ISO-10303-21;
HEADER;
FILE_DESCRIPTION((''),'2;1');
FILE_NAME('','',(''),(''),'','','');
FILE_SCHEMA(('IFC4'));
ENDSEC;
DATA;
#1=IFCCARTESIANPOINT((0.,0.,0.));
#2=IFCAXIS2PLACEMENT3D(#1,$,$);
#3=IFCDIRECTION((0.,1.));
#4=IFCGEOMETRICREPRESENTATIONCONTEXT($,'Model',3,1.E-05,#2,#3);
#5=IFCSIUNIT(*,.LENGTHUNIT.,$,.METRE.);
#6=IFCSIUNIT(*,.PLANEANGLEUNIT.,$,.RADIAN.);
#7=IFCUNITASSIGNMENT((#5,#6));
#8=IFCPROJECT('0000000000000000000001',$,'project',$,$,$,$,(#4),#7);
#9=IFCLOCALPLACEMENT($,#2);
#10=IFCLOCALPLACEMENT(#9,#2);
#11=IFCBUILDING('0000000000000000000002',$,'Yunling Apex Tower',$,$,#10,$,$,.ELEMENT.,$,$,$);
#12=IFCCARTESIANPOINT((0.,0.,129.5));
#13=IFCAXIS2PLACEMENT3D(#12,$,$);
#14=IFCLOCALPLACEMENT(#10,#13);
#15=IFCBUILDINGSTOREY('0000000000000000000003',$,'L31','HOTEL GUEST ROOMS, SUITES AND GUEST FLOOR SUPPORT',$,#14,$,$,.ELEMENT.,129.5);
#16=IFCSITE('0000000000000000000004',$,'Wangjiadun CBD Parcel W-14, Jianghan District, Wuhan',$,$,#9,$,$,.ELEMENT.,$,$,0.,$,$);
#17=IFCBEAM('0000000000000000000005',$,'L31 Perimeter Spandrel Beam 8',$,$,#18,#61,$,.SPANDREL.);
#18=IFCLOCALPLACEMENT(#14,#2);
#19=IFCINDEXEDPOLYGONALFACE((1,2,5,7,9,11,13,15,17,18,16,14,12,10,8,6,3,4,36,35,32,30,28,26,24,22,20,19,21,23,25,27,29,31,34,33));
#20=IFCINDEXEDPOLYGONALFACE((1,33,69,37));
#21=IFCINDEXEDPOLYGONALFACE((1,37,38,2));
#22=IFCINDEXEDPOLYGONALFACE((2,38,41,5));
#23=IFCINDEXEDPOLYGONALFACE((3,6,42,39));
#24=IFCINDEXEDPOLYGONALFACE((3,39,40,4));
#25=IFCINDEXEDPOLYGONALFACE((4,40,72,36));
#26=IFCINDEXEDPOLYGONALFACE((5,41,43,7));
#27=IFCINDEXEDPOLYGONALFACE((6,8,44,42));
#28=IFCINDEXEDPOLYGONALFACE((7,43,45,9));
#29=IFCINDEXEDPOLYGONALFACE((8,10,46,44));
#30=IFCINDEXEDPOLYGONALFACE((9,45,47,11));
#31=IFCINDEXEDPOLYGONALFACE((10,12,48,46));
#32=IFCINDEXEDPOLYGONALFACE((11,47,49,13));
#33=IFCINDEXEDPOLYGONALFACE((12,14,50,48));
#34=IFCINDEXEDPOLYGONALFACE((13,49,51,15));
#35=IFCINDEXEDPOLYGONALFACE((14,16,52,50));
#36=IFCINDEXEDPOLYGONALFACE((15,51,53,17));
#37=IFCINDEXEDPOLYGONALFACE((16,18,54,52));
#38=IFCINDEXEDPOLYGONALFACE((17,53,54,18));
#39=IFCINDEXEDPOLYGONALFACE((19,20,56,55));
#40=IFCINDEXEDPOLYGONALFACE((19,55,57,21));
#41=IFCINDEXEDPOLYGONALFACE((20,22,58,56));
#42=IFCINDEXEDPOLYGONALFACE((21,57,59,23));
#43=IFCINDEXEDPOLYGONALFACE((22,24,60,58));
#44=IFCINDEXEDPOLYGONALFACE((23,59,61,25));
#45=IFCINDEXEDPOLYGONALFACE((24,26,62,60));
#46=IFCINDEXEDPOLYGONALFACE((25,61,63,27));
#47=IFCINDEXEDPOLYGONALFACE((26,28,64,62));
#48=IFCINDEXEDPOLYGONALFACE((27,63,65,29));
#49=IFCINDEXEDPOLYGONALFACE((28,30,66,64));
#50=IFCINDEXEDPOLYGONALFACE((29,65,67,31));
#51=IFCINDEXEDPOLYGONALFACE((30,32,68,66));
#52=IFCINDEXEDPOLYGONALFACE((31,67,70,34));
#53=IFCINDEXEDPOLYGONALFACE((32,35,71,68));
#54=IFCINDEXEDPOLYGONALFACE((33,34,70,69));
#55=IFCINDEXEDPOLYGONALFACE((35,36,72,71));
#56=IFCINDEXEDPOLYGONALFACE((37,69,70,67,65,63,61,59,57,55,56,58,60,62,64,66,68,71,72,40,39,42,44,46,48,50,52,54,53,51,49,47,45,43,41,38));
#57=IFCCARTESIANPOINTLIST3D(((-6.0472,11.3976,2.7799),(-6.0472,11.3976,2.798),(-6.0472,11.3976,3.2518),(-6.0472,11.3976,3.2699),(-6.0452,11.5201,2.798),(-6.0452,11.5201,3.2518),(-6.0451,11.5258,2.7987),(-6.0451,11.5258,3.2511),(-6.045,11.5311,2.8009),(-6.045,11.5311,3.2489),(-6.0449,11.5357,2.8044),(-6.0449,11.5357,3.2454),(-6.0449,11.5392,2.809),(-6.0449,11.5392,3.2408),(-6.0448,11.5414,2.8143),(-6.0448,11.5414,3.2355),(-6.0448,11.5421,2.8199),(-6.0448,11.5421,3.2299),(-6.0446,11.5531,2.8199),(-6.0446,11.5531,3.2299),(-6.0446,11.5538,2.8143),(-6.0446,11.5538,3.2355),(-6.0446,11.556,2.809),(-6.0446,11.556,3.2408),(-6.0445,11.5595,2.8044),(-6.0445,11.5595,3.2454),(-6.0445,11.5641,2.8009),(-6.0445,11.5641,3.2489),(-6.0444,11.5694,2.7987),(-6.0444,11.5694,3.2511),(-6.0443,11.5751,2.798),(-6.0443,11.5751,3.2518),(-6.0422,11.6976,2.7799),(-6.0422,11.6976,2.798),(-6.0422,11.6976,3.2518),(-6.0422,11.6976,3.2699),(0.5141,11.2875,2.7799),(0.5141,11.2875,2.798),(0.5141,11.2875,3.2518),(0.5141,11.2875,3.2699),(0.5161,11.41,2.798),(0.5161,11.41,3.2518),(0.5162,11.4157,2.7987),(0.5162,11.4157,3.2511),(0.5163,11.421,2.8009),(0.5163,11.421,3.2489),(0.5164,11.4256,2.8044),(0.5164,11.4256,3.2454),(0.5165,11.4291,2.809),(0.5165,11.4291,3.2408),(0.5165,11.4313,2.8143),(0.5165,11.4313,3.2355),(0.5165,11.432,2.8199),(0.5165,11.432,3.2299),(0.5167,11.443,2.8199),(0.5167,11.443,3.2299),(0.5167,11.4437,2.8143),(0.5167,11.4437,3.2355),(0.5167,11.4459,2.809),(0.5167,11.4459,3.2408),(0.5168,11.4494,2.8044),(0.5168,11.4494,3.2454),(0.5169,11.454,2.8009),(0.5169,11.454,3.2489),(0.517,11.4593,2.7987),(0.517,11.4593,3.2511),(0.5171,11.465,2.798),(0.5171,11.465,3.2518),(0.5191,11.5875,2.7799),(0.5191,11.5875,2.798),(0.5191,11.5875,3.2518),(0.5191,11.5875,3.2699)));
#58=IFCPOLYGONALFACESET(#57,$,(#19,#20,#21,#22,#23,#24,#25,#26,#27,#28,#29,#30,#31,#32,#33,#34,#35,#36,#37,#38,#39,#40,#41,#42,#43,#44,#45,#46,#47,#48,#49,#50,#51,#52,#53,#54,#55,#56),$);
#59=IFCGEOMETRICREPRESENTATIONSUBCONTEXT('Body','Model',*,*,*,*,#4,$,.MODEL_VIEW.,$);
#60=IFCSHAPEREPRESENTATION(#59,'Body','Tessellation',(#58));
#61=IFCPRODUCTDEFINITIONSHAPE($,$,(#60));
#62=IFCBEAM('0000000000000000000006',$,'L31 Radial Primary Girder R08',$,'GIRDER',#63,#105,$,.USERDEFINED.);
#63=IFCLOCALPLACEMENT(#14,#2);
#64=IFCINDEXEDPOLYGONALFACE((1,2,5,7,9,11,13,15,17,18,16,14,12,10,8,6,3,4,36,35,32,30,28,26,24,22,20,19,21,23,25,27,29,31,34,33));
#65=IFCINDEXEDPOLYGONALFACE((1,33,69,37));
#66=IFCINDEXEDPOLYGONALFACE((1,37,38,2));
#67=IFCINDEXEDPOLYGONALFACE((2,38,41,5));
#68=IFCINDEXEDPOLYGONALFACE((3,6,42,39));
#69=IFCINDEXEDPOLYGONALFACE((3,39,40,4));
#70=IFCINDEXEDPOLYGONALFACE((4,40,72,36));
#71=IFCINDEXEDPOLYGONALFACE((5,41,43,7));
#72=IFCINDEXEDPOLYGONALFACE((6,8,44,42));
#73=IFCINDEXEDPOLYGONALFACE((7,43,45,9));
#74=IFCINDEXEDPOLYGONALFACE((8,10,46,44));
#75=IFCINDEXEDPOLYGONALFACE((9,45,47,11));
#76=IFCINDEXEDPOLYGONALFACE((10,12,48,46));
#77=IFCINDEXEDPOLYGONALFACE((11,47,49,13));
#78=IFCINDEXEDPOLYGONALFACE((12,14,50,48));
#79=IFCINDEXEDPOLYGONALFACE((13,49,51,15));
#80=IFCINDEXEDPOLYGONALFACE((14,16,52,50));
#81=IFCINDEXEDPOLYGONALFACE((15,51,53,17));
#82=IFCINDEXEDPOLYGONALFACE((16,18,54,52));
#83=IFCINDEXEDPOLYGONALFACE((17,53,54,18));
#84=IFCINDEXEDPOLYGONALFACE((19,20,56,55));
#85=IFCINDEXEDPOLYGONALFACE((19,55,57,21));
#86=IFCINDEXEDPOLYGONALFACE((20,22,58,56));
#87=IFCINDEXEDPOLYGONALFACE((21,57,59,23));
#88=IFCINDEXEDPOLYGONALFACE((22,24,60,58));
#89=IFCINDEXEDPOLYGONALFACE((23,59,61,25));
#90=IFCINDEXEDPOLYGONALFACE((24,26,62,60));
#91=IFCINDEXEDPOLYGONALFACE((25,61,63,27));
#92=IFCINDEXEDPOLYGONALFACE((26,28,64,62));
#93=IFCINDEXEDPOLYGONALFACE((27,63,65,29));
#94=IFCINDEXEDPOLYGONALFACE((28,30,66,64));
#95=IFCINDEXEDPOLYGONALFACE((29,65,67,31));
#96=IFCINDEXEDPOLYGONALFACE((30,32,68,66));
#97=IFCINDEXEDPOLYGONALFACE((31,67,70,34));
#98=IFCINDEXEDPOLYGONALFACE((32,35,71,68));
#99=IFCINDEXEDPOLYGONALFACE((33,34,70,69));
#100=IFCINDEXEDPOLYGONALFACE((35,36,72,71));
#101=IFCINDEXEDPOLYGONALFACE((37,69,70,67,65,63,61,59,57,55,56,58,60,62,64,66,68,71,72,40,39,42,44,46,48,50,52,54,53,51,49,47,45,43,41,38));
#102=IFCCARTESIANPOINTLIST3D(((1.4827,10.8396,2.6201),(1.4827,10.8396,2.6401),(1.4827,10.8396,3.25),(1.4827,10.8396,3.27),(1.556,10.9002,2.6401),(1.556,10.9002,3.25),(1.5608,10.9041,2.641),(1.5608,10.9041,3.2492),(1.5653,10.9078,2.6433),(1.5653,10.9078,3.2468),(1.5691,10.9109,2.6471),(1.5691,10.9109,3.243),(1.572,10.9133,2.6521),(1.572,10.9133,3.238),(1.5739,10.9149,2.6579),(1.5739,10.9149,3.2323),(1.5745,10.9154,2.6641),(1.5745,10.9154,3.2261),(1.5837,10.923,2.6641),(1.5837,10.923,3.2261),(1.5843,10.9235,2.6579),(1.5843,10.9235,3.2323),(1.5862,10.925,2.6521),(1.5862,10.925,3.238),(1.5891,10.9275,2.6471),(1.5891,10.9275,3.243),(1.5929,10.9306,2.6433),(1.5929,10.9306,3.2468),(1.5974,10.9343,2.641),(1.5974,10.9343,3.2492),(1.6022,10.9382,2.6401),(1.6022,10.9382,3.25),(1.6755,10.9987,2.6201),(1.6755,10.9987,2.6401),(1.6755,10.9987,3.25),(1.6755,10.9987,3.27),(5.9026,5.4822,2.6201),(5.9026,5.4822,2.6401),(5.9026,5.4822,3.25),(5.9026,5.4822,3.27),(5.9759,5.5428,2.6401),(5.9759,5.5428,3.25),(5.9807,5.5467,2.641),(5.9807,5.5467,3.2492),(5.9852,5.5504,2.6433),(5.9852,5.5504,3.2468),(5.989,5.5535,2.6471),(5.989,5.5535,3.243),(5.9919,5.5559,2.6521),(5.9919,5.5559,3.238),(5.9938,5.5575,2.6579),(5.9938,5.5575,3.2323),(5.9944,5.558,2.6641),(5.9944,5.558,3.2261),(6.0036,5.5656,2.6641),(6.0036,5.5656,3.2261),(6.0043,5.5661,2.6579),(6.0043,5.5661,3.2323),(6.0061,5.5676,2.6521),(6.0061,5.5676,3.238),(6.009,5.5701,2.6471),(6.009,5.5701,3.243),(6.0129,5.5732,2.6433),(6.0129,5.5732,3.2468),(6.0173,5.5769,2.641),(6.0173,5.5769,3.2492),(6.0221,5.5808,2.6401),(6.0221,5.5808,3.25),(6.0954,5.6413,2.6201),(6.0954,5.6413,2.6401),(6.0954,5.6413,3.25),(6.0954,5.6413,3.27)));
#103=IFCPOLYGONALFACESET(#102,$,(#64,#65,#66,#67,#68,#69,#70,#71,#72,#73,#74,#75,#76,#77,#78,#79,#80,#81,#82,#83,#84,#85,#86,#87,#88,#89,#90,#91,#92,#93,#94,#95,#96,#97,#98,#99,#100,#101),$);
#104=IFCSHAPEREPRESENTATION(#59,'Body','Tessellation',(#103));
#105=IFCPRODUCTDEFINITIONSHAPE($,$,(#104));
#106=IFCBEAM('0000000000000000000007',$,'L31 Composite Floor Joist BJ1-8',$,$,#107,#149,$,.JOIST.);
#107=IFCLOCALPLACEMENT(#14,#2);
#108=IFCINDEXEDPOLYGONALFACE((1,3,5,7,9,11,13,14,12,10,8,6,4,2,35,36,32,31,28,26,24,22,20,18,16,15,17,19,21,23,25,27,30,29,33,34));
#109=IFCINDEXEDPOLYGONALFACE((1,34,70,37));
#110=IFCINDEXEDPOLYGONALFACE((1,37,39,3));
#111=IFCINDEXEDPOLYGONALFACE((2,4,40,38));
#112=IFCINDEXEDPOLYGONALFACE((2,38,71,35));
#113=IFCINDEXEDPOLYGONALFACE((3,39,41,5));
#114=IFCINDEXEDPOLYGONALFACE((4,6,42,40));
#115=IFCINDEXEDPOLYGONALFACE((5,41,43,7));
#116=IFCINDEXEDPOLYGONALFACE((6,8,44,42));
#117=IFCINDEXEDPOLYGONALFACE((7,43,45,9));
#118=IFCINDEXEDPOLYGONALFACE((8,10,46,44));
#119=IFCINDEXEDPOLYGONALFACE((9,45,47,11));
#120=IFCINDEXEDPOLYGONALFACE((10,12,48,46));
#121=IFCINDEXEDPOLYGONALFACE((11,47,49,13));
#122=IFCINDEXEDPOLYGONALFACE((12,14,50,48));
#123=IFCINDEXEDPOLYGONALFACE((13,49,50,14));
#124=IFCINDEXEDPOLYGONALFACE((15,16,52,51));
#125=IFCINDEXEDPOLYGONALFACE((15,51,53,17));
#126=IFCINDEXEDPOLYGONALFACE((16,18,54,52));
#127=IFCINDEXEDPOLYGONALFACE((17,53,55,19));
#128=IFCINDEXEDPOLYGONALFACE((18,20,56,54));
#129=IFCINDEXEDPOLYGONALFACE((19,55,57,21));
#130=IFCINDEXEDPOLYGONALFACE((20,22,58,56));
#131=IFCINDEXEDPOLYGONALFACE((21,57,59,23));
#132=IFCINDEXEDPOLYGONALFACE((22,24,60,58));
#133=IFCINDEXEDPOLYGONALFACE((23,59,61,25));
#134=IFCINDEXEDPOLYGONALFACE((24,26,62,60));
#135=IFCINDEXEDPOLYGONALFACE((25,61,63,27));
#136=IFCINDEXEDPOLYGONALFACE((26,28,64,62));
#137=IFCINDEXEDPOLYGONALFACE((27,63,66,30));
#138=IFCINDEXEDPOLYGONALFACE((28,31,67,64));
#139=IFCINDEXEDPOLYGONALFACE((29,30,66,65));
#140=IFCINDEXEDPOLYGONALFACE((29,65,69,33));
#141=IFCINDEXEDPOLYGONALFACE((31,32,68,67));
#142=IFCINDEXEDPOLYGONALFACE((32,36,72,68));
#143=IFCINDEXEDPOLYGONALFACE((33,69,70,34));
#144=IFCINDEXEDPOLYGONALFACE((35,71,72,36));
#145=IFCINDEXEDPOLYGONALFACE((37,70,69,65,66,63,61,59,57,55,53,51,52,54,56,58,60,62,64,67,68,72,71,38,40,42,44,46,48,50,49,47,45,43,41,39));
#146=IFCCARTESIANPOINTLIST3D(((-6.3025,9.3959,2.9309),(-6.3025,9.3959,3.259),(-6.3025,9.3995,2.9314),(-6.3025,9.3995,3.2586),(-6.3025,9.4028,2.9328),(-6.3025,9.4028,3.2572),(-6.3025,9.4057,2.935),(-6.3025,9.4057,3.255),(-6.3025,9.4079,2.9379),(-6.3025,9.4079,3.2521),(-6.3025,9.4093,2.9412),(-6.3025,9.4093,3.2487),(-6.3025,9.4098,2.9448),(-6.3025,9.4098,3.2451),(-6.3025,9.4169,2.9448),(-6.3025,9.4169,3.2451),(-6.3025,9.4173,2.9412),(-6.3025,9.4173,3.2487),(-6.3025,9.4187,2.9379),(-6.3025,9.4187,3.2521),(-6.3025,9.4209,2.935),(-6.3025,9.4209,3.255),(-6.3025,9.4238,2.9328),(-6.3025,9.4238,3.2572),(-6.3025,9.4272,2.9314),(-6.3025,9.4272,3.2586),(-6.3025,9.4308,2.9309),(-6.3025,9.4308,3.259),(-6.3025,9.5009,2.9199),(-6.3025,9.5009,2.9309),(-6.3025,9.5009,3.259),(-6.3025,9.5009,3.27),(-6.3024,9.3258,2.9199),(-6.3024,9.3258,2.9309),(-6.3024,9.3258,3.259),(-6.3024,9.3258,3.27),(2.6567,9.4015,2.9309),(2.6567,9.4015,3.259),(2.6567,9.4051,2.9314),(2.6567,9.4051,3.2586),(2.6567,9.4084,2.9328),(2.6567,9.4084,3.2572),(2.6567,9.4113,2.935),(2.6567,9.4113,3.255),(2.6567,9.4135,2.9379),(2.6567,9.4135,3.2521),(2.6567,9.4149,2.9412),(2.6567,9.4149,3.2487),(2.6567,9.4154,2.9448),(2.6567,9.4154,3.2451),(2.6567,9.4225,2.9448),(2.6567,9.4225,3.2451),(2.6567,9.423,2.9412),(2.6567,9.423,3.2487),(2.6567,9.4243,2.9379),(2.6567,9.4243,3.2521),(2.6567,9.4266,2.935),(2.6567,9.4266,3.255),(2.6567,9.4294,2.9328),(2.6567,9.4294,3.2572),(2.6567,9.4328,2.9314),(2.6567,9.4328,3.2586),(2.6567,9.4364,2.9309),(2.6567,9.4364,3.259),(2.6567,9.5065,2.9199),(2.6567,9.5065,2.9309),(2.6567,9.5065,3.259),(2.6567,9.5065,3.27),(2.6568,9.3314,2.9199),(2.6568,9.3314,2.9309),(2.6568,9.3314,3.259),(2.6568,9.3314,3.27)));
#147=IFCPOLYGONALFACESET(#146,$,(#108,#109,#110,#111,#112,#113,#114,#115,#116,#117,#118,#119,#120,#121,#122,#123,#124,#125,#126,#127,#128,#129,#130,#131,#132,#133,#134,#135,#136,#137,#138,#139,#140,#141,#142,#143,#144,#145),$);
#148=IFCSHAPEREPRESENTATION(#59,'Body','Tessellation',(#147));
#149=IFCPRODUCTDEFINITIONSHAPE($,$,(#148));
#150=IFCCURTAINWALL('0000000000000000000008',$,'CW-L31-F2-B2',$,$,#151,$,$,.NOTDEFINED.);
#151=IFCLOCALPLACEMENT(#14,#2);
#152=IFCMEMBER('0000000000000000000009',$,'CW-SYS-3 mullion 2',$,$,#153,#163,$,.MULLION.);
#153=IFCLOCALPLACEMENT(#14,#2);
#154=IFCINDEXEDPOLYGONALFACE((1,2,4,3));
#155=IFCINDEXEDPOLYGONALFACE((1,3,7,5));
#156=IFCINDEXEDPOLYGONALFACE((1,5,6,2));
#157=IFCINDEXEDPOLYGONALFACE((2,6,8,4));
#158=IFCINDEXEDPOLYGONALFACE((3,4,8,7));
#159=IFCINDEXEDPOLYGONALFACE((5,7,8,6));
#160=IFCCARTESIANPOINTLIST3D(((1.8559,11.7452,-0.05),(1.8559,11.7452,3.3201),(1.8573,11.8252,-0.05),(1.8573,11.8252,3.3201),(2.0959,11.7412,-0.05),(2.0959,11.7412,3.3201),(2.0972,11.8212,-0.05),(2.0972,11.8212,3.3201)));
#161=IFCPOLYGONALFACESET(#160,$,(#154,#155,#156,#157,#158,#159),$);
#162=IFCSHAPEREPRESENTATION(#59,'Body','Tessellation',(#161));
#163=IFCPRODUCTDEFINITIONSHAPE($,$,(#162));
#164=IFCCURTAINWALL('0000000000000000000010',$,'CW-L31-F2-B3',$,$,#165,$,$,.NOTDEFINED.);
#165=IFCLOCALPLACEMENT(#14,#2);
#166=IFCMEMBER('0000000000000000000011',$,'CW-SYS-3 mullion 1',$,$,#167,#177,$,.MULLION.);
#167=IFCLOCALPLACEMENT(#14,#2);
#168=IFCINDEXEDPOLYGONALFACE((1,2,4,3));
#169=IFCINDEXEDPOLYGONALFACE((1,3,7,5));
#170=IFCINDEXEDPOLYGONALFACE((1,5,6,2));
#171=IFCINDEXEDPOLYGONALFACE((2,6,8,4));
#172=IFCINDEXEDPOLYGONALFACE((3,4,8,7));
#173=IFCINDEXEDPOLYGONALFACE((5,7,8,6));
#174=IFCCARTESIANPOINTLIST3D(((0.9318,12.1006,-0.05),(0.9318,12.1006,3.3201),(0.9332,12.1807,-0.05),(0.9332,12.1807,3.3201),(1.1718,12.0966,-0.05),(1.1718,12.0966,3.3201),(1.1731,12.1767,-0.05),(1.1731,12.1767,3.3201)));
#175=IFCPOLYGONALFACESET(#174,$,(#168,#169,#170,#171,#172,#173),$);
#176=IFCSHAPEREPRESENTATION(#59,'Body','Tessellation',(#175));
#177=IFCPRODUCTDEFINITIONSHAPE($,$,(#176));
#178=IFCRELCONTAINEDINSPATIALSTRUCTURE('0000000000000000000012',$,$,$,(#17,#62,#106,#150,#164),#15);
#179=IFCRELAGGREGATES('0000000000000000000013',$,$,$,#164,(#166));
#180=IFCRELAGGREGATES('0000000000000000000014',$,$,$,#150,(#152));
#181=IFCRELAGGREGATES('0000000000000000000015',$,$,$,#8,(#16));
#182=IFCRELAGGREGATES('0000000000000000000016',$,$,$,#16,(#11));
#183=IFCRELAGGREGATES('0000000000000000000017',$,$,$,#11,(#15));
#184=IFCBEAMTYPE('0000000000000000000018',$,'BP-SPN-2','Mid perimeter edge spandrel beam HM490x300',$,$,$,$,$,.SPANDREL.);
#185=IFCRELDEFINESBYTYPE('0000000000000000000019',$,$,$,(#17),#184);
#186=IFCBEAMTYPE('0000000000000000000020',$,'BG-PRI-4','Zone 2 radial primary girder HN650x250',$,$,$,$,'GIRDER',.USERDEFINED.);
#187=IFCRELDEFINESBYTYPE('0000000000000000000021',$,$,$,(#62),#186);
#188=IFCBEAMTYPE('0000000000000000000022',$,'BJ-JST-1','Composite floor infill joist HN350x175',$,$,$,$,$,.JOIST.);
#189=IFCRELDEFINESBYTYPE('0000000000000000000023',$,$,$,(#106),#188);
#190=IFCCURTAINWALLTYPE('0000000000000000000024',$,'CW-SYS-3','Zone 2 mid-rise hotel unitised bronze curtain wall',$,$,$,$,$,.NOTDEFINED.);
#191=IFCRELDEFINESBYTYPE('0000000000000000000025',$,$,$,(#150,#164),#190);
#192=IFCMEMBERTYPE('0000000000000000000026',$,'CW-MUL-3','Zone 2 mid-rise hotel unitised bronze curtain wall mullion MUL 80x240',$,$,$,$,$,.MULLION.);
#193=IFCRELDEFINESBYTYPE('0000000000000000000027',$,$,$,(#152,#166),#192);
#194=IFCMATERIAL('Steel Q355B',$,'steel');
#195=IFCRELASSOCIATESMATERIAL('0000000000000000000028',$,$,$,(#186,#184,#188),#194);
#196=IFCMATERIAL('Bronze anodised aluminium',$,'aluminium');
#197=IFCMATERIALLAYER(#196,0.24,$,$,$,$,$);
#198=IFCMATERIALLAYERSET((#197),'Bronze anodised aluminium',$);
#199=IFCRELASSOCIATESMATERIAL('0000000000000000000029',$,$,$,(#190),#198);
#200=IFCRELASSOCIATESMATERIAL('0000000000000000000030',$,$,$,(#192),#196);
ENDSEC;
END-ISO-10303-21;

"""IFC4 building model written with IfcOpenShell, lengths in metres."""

from ifc_helpers import new_model, si_unit, direction, frame, origin, origin_2d, place, context, subcontext, project, spatial, rectangle, i_section, extrude, source, transform, mapped, material, layer, layer_set, material_profile, profile_set, type_object, element, aggregate, save


model = new_model("IFC4")

# Units and contexts
model_context = context("Model", 3, precision=1e-05, world=origin(), true_north=direction((0.0, 1.0)))
body_context = subcontext(model_context, "Body", "Model", "MODEL_VIEW")
ifc_project = project(units=[si_unit("LENGTHUNIT", "METRE"), si_unit("PLANEANGLEUNIT", "RADIAN")], contexts=[model_context])

# Site, building, storey
site_placement = place(None, origin())
site = spatial("IfcSite", under=ifc_project, at=site_placement, Name="Wangjiadun CBD Parcel W-14, Jianghan District, Wuhan", CompositionType="ELEMENT", RefElevation=0.0)
building_placement = place(site_placement, origin())
building = spatial("IfcBuilding", under=site, at=building_placement, Name="Yunling Apex Tower", CompositionType="ELEMENT")
storey_placement = place(building_placement, frame((0.0, 0.0, 129.5)))
storey = spatial("IfcBuildingStorey", under=building, at=storey_placement, Name="L31", Description="HOTEL GUEST ROOMS, SUITES AND GUEST FLOOR SUPPORT", CompositionType="ELEMENT", Elevation=129.5)

# Beams
ifc_material_1 = material(Name="Steel Q355B", Category="steel")
ifc_material_profile_1 = material_profile(ifc_material_1, i_section(OverallWidth=0.25, OverallDepth=0.6499, WebThickness=0.012, FlangeThickness=0.02, FilletRadius=0.0239, at=origin_2d()))
ifc_profile_set_1 = profile_set([ifc_material_profile_1], Name="Steel Q355B")
beam_type_1 = type_object("IfcBeamType", Name="BG-PRI-4", Description="Zone 2 radial primary girder HN650x250", ElementType="GIRDER", PredefinedType="USERDEFINED", material=ifc_profile_set_1)
ifc_material_profile_2 = material_profile(ifc_material_1, i_section(OverallWidth=0.3, OverallDepth=0.49, WebThickness=0.011, FlangeThickness=0.0181, FilletRadius=0.022, at=origin_2d()))
ifc_profile_set_2 = profile_set([ifc_material_profile_2], Name="Steel Q355B")
beam_type_2 = type_object("IfcBeamType", Name="BP-SPN-2", Description="Mid perimeter edge spandrel beam HM490x300", PredefinedType="SPANDREL", material=ifc_profile_set_2)
shared_shape_1 = source(origin(), body_context, "Body", "SweptSolid", [
    extrude(i_section(OverallWidth=0.3, OverallDepth=0.49, WebThickness=0.011, FlangeThickness=0.0181, FilletRadius=0.022, at=origin_2d()), origin(), (0.0, 0.0, 1.0), 6.5623),
])
beam_1_placement = place(storey_placement, frame((0.5166, 11.4375, 3.0249), z_axis=(-0.999859, 0.016779, 0.0), x_axis=(-0.016779, -0.999859, 0.0)))
element("IfcBeam", 1, at=beam_1_placement, inside=storey, type_object=beam_type_2, Name="L31 Perimeter Spandrel Beam 8", PredefinedType="SPANDREL", context=body_context, shape_type="MappedRepresentation", body=[
    mapped(shared_shape_1, transform((0.0, 0.0, 0.0), scale=1.0)),
])
shared_shape_2 = source(origin(), body_context, "Body", "SweptSolid", [
    extrude(i_section(OverallWidth=0.25, OverallDepth=0.6499, WebThickness=0.012, FlangeThickness=0.02, FilletRadius=0.0239, at=origin_2d()), origin(), (0.0, 0.0, 1.0), 6.9453),
])
beam_2_placement = place(storey_placement, frame((1.5791, 10.9192, 2.9451), z_axis=(0.636387, -0.77137, 0.0), x_axis=(0.77137, 0.636387, 0.0)))
element("IfcBeam", 2, at=beam_2_placement, inside=storey, type_object=beam_type_1, Name="L31 Radial Primary Girder R08", ObjectType="GIRDER", PredefinedType="USERDEFINED", context=body_context, shape_type="MappedRepresentation", body=[
    mapped(shared_shape_2, transform((0.0, 0.0, 0.0), scale=1.0)),
])
ifc_material_profile_3 = material_profile(ifc_material_1, i_section(OverallWidth=0.175, OverallDepth=0.3501, WebThickness=0.0071, FlangeThickness=0.011, FilletRadius=0.0139, at=origin_2d()))
ifc_profile_set_3 = profile_set([ifc_material_profile_3], Name="Steel Q355B")
beam_type_3 = type_object("IfcBeamType", Name="BJ-JST-1", Description="Composite floor infill joist HN350x175", PredefinedType="JOIST", material=ifc_profile_set_3)
shared_shape_3 = source(origin(), body_context, "Body", "SweptSolid", [
    extrude(i_section(OverallWidth=0.175, OverallDepth=0.3501, WebThickness=0.0071, FlangeThickness=0.011, FilletRadius=0.0139, at=origin_2d()), origin(), (0.0, 0.0, 1.0), 8.9592),
])
beam_3_placement = place(storey_placement, frame((2.6567, 9.4189, 3.095), z_axis=(-1.0, -0.000627, 0.0), x_axis=(0.000627, -1.0, 0.0)))
element("IfcBeam", 3, at=beam_3_placement, inside=storey, type_object=beam_type_3, Name="L31 Composite Floor Joist BJ1-8", PredefinedType="JOIST", context=body_context, shape_type="MappedRepresentation", body=[
    mapped(shared_shape_3, transform((0.0, 0.0, 0.0), scale=1.0)),
])

# Curtain wall, member
ifc_material_2 = material(Name="Bronze anodised aluminium", Category="aluminium")
ifc_layer_1 = layer(ifc_material_2, 0.24)
ifc_layer_set_1 = layer_set([ifc_layer_1], Name="Bronze anodised aluminium")
curtain_wall_type = type_object("IfcCurtainWallType", Name="CW-SYS-3", Description="Zone 2 mid-rise hotel unitised bronze curtain wall", PredefinedType="NOTDEFINED", material=ifc_layer_set_1)
curtain_wall_1_placement = place(storey_placement, origin())
curtain_wall_1 = element("IfcCurtainWall", 4, at=curtain_wall_1_placement, inside=storey, type_object=curtain_wall_type, Name="CW-L31-F2-B2", PredefinedType="NOTDEFINED")
ifc_material_profile_4 = material_profile(ifc_material_2, rectangle(XDim=0.0801, YDim=0.24, at=origin_2d()))
ifc_profile_set_4 = profile_set([ifc_material_profile_4], Name="Bronze anodised aluminium")
member_type_1 = type_object("IfcMemberType", Name="CW-MUL-3", Description="Zone 2 mid-rise hotel unitised bronze curtain wall mullion MUL 80x240", PredefinedType="MULLION", material=ifc_profile_set_4)
shared_shape_4 = source(origin(), body_context, "Body", "SweptSolid", [
    extrude(rectangle(XDim=0.0801, YDim=0.24, at=origin_2d()), origin(), (0.0, 0.0, 1.0), 3.3701),
])
member_1_placement = place(storey_placement, frame((1.9766, 11.7832, -0.05), z_axis=(0.0, 0.0, 1.0), x_axis=(-0.016767, -0.999859, 0.0)))
member_1 = element("IfcMember", 5, at=member_1_placement, type_object=member_type_1, Name="CW-SYS-3 mullion 2", PredefinedType="MULLION", context=body_context, shape_type="MappedRepresentation", body=[
    mapped(shared_shape_4, transform((0.0, 0.0, 0.0), scale=1.0)),
])

# Curtain wall, member
curtain_wall_2_placement = place(storey_placement, origin())
curtain_wall_2 = element("IfcCurtainWall", 6, at=curtain_wall_2_placement, inside=storey, type_object=curtain_wall_type, Name="CW-L31-F2-B3", PredefinedType="NOTDEFINED")
member_2_placement = place(storey_placement, frame((1.0525, 12.1387, -0.05), z_axis=(0.0, 0.0, 1.0), x_axis=(-0.016762, -0.99986, 0.0)))
member_2 = element("IfcMember", 7, at=member_2_placement, type_object=member_type_1, Name="CW-SYS-3 mullion 1", PredefinedType="MULLION", context=body_context, shape_type="MappedRepresentation", body=[
    mapped(shared_shape_4, transform((0.0, 0.0, 0.0), scale=1.0)),
])
aggregate(curtain_wall_2, [member_2])

aggregate(curtain_wall_1, [member_1])

save(model, "model.ifc")
